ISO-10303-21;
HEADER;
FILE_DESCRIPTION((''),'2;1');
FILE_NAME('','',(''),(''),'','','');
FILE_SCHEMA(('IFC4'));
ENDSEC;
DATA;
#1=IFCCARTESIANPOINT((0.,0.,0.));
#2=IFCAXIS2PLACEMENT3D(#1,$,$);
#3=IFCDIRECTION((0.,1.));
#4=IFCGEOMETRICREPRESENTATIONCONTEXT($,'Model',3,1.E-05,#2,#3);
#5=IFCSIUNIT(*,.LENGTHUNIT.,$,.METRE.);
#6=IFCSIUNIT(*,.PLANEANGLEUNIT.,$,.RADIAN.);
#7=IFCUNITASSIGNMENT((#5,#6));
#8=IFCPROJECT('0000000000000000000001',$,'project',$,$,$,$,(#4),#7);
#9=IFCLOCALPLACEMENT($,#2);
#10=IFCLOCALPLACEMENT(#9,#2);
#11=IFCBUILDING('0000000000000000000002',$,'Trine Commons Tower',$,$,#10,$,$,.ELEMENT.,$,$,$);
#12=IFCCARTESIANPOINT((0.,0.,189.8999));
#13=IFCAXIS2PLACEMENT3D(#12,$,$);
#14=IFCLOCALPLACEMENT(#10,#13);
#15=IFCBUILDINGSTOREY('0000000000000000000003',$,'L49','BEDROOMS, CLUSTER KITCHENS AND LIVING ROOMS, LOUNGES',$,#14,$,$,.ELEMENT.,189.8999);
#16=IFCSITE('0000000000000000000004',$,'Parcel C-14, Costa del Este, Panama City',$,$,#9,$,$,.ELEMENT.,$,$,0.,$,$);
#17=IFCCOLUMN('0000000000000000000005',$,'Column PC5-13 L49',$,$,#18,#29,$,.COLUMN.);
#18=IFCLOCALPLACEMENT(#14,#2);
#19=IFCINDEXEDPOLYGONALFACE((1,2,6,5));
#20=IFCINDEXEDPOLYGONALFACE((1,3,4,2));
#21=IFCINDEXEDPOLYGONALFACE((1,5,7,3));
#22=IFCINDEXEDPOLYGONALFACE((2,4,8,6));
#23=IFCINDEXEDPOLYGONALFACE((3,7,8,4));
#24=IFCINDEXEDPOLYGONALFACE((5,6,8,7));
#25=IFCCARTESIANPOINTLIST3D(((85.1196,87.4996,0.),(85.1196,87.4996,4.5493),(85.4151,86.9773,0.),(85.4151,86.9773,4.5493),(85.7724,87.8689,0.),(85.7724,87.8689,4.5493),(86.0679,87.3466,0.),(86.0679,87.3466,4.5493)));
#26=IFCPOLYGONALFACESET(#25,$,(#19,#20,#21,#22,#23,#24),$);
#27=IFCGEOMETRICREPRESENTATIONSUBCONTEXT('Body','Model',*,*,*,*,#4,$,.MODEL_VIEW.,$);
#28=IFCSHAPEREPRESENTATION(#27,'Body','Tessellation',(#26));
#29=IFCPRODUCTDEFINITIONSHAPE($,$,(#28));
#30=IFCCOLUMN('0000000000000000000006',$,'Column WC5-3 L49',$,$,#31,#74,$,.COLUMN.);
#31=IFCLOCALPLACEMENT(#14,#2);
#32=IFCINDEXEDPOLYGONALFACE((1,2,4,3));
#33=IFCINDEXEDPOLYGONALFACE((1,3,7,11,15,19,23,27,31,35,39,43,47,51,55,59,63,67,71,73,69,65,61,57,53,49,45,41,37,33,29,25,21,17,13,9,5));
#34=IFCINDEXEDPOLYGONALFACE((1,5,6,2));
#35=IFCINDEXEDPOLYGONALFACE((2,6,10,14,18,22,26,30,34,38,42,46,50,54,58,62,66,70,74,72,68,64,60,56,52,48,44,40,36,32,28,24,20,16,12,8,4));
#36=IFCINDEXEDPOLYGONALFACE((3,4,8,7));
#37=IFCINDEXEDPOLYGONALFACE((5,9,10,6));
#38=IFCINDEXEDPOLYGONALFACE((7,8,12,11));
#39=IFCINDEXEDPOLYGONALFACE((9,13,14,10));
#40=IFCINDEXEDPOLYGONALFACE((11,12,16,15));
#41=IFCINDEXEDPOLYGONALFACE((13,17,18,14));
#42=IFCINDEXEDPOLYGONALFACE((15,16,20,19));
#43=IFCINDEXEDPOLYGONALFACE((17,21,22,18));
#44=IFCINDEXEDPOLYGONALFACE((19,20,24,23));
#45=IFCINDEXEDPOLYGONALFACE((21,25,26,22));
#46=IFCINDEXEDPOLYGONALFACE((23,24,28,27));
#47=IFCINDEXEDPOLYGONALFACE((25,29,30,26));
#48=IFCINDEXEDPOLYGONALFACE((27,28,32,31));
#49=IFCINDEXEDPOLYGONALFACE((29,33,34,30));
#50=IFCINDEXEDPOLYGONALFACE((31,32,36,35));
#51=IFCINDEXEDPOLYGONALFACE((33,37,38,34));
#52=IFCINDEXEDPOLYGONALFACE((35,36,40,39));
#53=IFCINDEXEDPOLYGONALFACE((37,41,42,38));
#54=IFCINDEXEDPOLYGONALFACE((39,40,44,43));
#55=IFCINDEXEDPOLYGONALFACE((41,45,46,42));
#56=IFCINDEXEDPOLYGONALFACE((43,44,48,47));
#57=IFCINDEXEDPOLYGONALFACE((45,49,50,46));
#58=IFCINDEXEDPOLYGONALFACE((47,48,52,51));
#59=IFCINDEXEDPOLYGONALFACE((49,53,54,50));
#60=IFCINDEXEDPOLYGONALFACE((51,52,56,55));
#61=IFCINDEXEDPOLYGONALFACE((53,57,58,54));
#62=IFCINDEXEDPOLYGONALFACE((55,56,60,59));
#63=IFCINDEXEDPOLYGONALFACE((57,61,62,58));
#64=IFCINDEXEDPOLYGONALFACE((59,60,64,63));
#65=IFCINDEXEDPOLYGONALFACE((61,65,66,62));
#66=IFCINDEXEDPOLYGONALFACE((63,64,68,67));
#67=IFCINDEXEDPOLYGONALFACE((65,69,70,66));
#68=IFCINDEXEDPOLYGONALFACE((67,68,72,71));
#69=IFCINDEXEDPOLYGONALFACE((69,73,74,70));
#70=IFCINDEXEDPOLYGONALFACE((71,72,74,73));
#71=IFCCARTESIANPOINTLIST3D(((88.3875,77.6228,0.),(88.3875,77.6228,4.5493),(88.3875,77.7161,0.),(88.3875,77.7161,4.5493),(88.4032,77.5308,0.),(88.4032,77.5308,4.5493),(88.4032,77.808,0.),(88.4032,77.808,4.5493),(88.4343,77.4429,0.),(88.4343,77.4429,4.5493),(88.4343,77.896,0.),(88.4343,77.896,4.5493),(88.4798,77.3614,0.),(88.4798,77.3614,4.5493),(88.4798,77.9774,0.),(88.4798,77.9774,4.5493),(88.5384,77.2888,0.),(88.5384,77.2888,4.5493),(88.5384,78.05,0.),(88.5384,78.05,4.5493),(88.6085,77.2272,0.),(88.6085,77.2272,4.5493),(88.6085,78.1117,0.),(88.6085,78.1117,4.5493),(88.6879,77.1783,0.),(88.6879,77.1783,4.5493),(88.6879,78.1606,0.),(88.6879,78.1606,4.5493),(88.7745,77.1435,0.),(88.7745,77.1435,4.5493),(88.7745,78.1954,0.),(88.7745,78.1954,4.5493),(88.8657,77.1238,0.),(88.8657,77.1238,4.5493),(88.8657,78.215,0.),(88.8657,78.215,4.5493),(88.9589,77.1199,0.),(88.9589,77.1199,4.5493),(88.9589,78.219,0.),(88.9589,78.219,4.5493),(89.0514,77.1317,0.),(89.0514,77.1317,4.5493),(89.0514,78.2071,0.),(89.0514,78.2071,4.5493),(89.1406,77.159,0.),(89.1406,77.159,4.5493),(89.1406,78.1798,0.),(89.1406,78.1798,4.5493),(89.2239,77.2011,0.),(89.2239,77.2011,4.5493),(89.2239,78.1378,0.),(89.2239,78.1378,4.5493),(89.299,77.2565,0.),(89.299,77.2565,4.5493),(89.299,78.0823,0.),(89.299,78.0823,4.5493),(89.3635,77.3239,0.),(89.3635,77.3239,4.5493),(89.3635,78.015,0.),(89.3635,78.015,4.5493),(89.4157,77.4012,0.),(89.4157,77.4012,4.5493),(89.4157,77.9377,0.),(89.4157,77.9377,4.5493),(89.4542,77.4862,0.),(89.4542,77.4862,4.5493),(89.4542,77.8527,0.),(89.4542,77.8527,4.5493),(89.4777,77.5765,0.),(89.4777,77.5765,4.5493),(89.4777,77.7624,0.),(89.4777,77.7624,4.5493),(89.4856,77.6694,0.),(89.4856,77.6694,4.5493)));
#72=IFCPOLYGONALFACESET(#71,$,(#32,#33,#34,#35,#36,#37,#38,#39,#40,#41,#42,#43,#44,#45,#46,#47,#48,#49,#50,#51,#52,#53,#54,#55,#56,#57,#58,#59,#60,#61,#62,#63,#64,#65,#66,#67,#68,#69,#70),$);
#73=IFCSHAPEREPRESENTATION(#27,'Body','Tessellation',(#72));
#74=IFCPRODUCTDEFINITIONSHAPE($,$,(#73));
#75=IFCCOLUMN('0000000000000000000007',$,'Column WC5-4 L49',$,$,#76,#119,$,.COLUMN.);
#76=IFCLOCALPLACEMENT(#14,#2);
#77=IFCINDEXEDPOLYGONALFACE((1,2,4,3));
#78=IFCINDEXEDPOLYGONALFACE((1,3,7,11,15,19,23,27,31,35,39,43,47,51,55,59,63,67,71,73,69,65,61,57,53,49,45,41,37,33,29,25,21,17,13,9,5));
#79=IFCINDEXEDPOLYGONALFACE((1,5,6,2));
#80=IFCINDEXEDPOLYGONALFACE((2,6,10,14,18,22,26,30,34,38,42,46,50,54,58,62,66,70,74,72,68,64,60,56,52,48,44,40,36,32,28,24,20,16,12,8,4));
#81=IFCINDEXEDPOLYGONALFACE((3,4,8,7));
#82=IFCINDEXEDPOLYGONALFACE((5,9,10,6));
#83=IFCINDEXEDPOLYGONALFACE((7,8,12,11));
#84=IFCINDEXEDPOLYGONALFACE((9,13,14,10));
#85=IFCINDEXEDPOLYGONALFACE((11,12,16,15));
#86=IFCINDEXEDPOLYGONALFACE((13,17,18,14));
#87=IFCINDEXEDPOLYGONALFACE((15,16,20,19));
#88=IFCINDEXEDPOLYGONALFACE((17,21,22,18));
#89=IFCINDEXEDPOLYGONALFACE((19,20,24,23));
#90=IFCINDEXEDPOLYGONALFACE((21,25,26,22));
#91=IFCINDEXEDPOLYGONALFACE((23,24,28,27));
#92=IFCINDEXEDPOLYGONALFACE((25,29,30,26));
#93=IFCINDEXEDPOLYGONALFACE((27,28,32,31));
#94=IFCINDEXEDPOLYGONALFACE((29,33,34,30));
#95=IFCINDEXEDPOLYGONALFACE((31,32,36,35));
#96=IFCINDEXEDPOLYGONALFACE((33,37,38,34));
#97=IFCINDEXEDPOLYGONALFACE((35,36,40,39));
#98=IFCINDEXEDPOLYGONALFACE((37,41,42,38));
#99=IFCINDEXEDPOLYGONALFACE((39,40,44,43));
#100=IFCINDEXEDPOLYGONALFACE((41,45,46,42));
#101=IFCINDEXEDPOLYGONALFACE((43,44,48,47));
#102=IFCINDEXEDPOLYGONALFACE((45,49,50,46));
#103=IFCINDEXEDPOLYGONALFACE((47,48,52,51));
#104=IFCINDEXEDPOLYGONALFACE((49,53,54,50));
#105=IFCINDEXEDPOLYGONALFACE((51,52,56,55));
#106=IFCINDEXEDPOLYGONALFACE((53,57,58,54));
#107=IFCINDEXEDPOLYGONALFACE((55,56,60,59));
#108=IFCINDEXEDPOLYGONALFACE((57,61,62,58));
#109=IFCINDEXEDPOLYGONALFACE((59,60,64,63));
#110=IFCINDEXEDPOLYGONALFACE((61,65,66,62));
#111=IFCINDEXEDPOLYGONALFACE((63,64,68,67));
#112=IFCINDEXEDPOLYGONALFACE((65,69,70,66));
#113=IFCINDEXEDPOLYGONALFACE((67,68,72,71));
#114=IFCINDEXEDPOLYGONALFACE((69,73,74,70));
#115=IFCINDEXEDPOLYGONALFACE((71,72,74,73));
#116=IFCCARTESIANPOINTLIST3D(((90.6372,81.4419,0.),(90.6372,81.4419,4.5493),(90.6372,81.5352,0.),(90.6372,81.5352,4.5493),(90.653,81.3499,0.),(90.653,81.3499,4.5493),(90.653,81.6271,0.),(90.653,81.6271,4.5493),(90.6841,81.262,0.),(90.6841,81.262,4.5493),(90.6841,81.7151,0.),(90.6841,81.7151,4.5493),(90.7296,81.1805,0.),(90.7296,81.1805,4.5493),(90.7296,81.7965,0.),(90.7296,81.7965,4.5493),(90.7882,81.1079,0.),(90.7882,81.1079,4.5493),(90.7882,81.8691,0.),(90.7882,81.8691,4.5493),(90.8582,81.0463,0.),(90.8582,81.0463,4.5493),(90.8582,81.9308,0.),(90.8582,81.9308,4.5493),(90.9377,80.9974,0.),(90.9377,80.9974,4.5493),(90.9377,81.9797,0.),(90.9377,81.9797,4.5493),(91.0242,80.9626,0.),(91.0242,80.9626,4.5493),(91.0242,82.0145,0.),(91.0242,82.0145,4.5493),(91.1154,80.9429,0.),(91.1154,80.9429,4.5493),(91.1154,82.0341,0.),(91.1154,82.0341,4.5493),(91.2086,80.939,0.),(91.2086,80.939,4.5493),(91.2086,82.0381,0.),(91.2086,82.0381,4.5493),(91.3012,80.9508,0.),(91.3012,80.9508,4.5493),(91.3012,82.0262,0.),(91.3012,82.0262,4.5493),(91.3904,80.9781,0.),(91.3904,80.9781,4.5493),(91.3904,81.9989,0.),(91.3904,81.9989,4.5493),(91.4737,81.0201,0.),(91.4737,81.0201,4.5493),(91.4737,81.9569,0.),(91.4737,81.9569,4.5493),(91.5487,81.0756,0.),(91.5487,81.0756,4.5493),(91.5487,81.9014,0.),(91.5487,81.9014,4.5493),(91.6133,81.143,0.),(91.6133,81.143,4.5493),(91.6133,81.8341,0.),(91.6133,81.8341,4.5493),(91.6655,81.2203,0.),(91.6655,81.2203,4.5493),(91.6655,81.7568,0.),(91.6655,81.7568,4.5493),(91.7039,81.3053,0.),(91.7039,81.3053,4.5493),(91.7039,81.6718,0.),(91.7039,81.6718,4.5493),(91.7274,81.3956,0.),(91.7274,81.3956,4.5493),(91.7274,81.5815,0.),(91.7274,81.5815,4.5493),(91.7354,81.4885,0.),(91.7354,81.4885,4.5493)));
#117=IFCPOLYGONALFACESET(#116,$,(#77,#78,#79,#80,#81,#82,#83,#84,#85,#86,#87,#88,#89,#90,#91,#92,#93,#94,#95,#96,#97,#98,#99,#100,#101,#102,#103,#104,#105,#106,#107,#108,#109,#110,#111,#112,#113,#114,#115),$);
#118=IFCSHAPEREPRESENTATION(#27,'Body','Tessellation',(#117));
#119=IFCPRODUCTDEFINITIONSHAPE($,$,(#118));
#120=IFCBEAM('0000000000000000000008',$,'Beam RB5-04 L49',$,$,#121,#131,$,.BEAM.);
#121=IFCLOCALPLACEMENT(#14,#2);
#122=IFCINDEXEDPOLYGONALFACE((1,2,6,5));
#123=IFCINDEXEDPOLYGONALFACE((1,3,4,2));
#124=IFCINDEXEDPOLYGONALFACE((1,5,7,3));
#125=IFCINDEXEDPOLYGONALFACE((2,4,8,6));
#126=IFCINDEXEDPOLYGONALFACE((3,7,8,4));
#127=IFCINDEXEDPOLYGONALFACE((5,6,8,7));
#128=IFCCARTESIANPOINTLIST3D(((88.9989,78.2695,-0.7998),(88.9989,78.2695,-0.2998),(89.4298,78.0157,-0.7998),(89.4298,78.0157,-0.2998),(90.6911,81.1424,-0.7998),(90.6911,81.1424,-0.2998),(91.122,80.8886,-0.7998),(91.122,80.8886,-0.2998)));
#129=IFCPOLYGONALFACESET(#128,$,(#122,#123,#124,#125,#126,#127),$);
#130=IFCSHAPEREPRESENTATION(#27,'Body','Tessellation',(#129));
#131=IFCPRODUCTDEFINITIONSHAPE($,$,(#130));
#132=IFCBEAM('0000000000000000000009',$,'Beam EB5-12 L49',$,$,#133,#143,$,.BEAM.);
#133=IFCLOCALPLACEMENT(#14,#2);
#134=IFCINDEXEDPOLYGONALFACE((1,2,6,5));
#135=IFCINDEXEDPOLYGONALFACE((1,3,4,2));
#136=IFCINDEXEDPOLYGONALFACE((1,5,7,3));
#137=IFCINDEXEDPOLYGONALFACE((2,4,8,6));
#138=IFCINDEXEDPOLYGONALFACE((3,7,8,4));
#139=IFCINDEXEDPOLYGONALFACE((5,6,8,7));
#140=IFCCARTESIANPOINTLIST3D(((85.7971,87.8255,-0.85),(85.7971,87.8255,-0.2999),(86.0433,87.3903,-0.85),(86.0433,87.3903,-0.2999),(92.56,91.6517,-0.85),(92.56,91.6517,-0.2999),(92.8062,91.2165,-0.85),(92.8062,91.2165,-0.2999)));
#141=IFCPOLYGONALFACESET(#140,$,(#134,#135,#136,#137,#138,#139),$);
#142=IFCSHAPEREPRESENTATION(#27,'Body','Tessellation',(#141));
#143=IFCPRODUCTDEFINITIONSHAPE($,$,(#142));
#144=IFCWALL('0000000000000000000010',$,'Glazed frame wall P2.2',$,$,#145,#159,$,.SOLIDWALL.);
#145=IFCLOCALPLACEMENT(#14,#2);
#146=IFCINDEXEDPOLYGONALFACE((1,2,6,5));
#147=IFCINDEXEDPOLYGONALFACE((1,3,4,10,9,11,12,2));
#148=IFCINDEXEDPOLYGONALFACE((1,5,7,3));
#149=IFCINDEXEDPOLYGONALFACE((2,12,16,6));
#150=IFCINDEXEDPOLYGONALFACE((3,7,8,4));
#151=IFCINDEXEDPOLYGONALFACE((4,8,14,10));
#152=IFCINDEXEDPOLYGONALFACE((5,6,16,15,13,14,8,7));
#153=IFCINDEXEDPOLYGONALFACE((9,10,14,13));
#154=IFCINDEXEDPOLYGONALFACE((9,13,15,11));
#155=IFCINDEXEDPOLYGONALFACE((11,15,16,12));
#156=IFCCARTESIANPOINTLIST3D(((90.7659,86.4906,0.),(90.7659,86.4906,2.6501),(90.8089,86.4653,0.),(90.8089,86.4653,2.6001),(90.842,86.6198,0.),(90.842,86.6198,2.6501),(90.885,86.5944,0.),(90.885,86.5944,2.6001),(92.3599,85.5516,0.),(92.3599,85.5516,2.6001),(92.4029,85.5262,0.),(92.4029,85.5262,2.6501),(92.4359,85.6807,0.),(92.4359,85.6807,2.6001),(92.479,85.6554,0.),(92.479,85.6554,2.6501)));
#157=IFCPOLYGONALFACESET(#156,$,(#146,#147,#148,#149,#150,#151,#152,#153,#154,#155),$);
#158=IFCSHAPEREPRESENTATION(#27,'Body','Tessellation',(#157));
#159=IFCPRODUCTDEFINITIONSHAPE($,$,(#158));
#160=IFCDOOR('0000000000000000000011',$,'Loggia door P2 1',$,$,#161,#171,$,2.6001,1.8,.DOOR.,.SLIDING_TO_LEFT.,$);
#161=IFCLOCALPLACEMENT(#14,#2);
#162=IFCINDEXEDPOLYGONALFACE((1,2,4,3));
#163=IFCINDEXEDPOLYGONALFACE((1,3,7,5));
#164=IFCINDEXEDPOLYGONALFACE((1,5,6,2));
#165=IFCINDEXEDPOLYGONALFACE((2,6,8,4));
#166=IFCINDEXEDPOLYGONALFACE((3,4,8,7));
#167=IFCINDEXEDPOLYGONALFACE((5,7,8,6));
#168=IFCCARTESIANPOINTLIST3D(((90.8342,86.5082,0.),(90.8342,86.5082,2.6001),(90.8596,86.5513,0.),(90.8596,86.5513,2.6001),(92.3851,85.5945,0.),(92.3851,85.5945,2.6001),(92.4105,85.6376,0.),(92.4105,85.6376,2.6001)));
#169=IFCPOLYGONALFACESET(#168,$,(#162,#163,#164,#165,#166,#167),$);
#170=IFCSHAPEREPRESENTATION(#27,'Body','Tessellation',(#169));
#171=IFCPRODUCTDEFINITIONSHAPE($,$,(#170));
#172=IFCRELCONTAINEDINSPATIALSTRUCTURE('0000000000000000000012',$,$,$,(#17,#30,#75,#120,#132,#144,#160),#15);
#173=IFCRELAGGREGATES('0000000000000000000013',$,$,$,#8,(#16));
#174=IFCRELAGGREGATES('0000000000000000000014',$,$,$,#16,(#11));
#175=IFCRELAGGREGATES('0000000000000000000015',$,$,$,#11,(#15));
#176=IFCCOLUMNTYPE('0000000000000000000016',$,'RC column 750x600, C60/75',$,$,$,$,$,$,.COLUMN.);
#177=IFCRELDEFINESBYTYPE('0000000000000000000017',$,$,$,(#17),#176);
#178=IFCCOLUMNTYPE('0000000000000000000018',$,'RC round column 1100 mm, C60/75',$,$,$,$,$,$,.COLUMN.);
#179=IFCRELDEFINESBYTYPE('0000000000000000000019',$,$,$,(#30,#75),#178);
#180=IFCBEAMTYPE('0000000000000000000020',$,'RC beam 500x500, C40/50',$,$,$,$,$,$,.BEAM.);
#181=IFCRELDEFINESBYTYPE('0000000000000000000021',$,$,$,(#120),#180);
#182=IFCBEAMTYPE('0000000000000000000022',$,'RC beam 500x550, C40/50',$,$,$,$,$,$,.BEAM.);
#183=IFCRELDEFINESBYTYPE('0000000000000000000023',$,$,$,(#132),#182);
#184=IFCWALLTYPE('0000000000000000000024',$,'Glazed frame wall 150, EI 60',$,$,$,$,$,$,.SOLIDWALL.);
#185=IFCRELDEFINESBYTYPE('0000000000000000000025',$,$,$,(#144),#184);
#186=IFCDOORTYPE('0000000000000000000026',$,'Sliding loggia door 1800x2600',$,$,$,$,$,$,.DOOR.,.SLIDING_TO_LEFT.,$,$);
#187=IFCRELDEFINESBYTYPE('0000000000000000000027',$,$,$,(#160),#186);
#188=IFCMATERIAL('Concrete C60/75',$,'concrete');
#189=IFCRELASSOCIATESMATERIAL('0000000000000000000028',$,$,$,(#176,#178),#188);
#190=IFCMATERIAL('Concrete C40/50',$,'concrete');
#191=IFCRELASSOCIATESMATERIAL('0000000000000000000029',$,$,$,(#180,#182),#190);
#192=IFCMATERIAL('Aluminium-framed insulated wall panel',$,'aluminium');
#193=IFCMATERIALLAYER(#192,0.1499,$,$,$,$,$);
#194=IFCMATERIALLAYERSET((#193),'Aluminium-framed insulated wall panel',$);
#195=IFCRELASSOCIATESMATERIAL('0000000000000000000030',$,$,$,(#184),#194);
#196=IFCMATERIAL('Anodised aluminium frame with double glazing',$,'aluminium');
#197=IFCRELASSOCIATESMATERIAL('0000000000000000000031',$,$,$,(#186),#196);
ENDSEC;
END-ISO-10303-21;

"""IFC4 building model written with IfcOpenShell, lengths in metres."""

from ifc_helpers import new_model, si_unit, direction, frame, frame_2d, origin, origin_2d, place, context, subcontext, project, spatial, polyline, rectangle, circle, outline, extrude, material, layer, layer_set, material_profile, profile_set, type_object, element, fill, save


model = new_model("IFC4")

# Units and contexts
model_context = context("Model", 3, precision=1e-05, world=origin(), true_north=direction((0.0, 1.0)))
body_context = subcontext(model_context, "Body", "Model", "MODEL_VIEW")
ifc_project = project(units=[si_unit("LENGTHUNIT", "METRE"), si_unit("PLANEANGLEUNIT", "RADIAN")], contexts=[model_context])

# Site, building, storey
site_placement = place(None, origin())
site = spatial("IfcSite", under=ifc_project, at=site_placement, Name="Parcel C-14, Costa del Este, Panama City", CompositionType="ELEMENT", RefElevation=0.0)
building_placement = place(site_placement, origin())
building = spatial("IfcBuilding", under=site, at=building_placement, Name="Trine Commons Tower", CompositionType="ELEMENT")
storey_placement = place(building_placement, frame((0.0, 0.0, 189.8999)))
storey = spatial("IfcBuildingStorey", under=building, at=storey_placement, Name="L49", Description="BEDROOMS, CLUSTER KITCHENS AND LIVING ROOMS, LOUNGES", CompositionType="ELEMENT", Elevation=189.8999)

# Columns
ifc_material_1 = material(Name="Concrete C60/75", Category="concrete")
ifc_material_profile_1 = material_profile(ifc_material_1, rectangle(XDim=0.75, YDim=0.6001, at=origin_2d()), Name="RC 750x600")
ifc_profile_set_1 = profile_set([ifc_material_profile_1], Name="Concrete C60/75")
column_type_1 = type_object("IfcColumnType", Name="RC column 750x600, C60/75", PredefinedType="COLUMN", material=ifc_profile_set_1)
column_placement = place(storey_placement, frame((85.5938, 87.4231, 0.0), z_axis=(0.0, 0.0, 1.0), x_axis=(0.870356, 0.492424, 0.0)))
element("IfcColumn", 1, at=column_placement, inside=storey, type_object=column_type_1, Name="Column PC5-13 L49", PredefinedType="COLUMN", context=body_context, shape_type="SweptSolid", body=[
    extrude(rectangle(XDim=0.75, YDim=0.6001, at=origin_2d()), origin(), (0.0, 0.0, 1.0), 4.5493),
])
ifc_material_profile_2 = material_profile(ifc_material_1, circle(Radius=0.55, at=origin_2d()), Name="RC round 1100")
ifc_profile_set_2 = profile_set([ifc_material_profile_2], Name="Concrete C60/75")
column_type_2 = type_object("IfcColumnType", Name="RC round column 1100 mm, C60/75", PredefinedType="COLUMN", material=ifc_profile_set_2)
for number, where, z_axis, x_axis, name in (
    (2, (88.9355, 77.6694, 0.0), (0.0, 0.0, 1.0), (1.0, 0.0, 0.0), "Column WC5-3 L49"),
    (3, (91.1853, 81.4885, 0.0), (0.0, 0.0, 1.0), (1.0, 0.0, 0.0), "Column WC5-4 L49"),
):
    element("IfcColumn", number, at=place(storey_placement, frame(where, z_axis=z_axis, x_axis=x_axis)), inside=storey, type_object=column_type_2, Name=name, PredefinedType="COLUMN", context=body_context, shape_type="SweptSolid", body=[
        extrude(circle(Radius=0.55, at=origin_2d()), origin(), (0.0, 0.0, 1.0), 4.5493),
    ])

# Beams
ifc_material_2 = material(Name="Concrete C40/50", Category="concrete")
ifc_material_profile_3 = material_profile(ifc_material_2, rectangle(XDim=0.5, YDim=0.5, at=origin_2d()), Name="RC 500x500")
ifc_profile_set_3 = profile_set([ifc_material_profile_3], Name="Concrete C40/50")
beam_type_1 = type_object("IfcBeamType", Name="RC beam 500x500, C40/50", PredefinedType="BEAM", material=ifc_profile_set_3)
beam_1_placement = place(storey_placement, frame((89.2144, 78.1426, -0.5498), z_axis=(0.507522, 0.861639, 0.0), x_axis=(-0.861639, 0.507522, 0.0)))
element("IfcBeam", 4, at=beam_1_placement, inside=storey, type_object=beam_type_1, Name="Beam RB5-04 L49", PredefinedType="BEAM", context=body_context, shape_type="SweptSolid", body=[
    extrude(rectangle(XDim=0.5, YDim=0.5, at=origin_2d()), origin(), (0.0, 0.0, 1.0), 3.3342),
])
ifc_material_profile_4 = material_profile(ifc_material_2, rectangle(XDim=0.5, YDim=0.55, at=origin_2d()), Name="RC 500x550")
ifc_profile_set_4 = profile_set([ifc_material_profile_4], Name="Concrete C40/50")
beam_type_2 = type_object("IfcBeamType", Name="RC beam 500x550, C40/50", PredefinedType="BEAM", material=ifc_profile_set_4)
beam_2_placement = place(storey_placement, frame((85.9202, 87.6079, -0.575), z_axis=(0.870362, 0.492412, 0.0), x_axis=(-0.492412, 0.870362, 0.0)))
element("IfcBeam", 5, at=beam_2_placement, inside=storey, type_object=beam_type_2, Name="Beam EB5-12 L49", PredefinedType="BEAM", context=body_context, shape_type="SweptSolid", body=[
    extrude(rectangle(XDim=0.5, YDim=0.55, at=origin_2d()), origin(), (0.0, 0.0, 1.0), 7.7703),
])

# Shared definitions
ifc_material_3 = material(Name="Aluminium-framed insulated wall panel", Category="aluminium")
ifc_layer_1 = layer(ifc_material_3, 0.1499)
ifc_layer_set_1 = layer_set([ifc_layer_1], Name="Aluminium-framed insulated wall panel")
wall_type_1 = type_object("IfcWallType", Name="Glazed frame wall 150, EI 60", PredefinedType="SOLIDWALL", material=ifc_layer_set_1)

# Wall, opening, door
wall_1_placement = place(storey_placement, frame((90.804, 86.5552, 0.0), z_axis=(0.0, 0.0, 1.0), x_axis=(0.861604, -0.507582, 0.0)))
wall_1 = element("IfcWall", 6, at=wall_1_placement, inside=storey, type_object=wall_type_1, Name="Glazed frame wall P2.2", PredefinedType="SOLIDWALL", context=body_context, shape_type="SweptSolid", body=[
    extrude(outline(polyline([(0.0, -0.075), (1.8999, -0.075), (1.8999, 0.075), (0.0, 0.075), (0.0, -0.075)])), origin(), (0.0, 0.0, 1.0), 2.6501),
])
opening_1_placement = place(wall_1_placement, frame((0.05, 0.0, 0.0)))
opening_1 = element("IfcOpeningElement", 7, at=opening_1_placement, cuts=wall_1, PredefinedType="OPENING", context=body_context, shape_type="SweptSolid", body=[
    extrude(rectangle(XDim=1.8, YDim=2.6001, at=frame_2d((0.8999, 1.3))), frame((0.0, 0.085, 0.0), z_axis=(0.0, -1.0, 0.0), x_axis=(1.0, 0.0, 0.0)), (0.0, 0.0, 1.0), 0.1699),
])
ifc_material_4 = material(Name="Anodised aluminium frame with double glazing", Category="aluminium")
door_type_1 = type_object("IfcDoorType", Name="Sliding loggia door 1800x2600", OperationType="SLIDING_TO_LEFT", PredefinedType="DOOR", material=ifc_material_4)
door_1_placement = place(opening_1_placement, origin())
door_1 = element("IfcDoor", 8, at=door_1_placement, inside=storey, type_object=door_type_1, Name="Loggia door P2 1", OperationType="SLIDING_TO_LEFT", OverallHeight=2.6001, OverallWidth=1.8, PredefinedType="DOOR", context=body_context, shape_type="SweptSolid", body=[
    extrude(rectangle(XDim=1.8, YDim=2.6001, at=frame_2d((0.8999, 1.3))), frame((0.0, 0.0249, 0.0), z_axis=(0.0, -1.0, 0.0), x_axis=(1.0, 0.0, 0.0)), (0.0, 0.0, 1.0), 0.05),
])
fill(opening_1, door_1)

save(model, "model.ifc")
